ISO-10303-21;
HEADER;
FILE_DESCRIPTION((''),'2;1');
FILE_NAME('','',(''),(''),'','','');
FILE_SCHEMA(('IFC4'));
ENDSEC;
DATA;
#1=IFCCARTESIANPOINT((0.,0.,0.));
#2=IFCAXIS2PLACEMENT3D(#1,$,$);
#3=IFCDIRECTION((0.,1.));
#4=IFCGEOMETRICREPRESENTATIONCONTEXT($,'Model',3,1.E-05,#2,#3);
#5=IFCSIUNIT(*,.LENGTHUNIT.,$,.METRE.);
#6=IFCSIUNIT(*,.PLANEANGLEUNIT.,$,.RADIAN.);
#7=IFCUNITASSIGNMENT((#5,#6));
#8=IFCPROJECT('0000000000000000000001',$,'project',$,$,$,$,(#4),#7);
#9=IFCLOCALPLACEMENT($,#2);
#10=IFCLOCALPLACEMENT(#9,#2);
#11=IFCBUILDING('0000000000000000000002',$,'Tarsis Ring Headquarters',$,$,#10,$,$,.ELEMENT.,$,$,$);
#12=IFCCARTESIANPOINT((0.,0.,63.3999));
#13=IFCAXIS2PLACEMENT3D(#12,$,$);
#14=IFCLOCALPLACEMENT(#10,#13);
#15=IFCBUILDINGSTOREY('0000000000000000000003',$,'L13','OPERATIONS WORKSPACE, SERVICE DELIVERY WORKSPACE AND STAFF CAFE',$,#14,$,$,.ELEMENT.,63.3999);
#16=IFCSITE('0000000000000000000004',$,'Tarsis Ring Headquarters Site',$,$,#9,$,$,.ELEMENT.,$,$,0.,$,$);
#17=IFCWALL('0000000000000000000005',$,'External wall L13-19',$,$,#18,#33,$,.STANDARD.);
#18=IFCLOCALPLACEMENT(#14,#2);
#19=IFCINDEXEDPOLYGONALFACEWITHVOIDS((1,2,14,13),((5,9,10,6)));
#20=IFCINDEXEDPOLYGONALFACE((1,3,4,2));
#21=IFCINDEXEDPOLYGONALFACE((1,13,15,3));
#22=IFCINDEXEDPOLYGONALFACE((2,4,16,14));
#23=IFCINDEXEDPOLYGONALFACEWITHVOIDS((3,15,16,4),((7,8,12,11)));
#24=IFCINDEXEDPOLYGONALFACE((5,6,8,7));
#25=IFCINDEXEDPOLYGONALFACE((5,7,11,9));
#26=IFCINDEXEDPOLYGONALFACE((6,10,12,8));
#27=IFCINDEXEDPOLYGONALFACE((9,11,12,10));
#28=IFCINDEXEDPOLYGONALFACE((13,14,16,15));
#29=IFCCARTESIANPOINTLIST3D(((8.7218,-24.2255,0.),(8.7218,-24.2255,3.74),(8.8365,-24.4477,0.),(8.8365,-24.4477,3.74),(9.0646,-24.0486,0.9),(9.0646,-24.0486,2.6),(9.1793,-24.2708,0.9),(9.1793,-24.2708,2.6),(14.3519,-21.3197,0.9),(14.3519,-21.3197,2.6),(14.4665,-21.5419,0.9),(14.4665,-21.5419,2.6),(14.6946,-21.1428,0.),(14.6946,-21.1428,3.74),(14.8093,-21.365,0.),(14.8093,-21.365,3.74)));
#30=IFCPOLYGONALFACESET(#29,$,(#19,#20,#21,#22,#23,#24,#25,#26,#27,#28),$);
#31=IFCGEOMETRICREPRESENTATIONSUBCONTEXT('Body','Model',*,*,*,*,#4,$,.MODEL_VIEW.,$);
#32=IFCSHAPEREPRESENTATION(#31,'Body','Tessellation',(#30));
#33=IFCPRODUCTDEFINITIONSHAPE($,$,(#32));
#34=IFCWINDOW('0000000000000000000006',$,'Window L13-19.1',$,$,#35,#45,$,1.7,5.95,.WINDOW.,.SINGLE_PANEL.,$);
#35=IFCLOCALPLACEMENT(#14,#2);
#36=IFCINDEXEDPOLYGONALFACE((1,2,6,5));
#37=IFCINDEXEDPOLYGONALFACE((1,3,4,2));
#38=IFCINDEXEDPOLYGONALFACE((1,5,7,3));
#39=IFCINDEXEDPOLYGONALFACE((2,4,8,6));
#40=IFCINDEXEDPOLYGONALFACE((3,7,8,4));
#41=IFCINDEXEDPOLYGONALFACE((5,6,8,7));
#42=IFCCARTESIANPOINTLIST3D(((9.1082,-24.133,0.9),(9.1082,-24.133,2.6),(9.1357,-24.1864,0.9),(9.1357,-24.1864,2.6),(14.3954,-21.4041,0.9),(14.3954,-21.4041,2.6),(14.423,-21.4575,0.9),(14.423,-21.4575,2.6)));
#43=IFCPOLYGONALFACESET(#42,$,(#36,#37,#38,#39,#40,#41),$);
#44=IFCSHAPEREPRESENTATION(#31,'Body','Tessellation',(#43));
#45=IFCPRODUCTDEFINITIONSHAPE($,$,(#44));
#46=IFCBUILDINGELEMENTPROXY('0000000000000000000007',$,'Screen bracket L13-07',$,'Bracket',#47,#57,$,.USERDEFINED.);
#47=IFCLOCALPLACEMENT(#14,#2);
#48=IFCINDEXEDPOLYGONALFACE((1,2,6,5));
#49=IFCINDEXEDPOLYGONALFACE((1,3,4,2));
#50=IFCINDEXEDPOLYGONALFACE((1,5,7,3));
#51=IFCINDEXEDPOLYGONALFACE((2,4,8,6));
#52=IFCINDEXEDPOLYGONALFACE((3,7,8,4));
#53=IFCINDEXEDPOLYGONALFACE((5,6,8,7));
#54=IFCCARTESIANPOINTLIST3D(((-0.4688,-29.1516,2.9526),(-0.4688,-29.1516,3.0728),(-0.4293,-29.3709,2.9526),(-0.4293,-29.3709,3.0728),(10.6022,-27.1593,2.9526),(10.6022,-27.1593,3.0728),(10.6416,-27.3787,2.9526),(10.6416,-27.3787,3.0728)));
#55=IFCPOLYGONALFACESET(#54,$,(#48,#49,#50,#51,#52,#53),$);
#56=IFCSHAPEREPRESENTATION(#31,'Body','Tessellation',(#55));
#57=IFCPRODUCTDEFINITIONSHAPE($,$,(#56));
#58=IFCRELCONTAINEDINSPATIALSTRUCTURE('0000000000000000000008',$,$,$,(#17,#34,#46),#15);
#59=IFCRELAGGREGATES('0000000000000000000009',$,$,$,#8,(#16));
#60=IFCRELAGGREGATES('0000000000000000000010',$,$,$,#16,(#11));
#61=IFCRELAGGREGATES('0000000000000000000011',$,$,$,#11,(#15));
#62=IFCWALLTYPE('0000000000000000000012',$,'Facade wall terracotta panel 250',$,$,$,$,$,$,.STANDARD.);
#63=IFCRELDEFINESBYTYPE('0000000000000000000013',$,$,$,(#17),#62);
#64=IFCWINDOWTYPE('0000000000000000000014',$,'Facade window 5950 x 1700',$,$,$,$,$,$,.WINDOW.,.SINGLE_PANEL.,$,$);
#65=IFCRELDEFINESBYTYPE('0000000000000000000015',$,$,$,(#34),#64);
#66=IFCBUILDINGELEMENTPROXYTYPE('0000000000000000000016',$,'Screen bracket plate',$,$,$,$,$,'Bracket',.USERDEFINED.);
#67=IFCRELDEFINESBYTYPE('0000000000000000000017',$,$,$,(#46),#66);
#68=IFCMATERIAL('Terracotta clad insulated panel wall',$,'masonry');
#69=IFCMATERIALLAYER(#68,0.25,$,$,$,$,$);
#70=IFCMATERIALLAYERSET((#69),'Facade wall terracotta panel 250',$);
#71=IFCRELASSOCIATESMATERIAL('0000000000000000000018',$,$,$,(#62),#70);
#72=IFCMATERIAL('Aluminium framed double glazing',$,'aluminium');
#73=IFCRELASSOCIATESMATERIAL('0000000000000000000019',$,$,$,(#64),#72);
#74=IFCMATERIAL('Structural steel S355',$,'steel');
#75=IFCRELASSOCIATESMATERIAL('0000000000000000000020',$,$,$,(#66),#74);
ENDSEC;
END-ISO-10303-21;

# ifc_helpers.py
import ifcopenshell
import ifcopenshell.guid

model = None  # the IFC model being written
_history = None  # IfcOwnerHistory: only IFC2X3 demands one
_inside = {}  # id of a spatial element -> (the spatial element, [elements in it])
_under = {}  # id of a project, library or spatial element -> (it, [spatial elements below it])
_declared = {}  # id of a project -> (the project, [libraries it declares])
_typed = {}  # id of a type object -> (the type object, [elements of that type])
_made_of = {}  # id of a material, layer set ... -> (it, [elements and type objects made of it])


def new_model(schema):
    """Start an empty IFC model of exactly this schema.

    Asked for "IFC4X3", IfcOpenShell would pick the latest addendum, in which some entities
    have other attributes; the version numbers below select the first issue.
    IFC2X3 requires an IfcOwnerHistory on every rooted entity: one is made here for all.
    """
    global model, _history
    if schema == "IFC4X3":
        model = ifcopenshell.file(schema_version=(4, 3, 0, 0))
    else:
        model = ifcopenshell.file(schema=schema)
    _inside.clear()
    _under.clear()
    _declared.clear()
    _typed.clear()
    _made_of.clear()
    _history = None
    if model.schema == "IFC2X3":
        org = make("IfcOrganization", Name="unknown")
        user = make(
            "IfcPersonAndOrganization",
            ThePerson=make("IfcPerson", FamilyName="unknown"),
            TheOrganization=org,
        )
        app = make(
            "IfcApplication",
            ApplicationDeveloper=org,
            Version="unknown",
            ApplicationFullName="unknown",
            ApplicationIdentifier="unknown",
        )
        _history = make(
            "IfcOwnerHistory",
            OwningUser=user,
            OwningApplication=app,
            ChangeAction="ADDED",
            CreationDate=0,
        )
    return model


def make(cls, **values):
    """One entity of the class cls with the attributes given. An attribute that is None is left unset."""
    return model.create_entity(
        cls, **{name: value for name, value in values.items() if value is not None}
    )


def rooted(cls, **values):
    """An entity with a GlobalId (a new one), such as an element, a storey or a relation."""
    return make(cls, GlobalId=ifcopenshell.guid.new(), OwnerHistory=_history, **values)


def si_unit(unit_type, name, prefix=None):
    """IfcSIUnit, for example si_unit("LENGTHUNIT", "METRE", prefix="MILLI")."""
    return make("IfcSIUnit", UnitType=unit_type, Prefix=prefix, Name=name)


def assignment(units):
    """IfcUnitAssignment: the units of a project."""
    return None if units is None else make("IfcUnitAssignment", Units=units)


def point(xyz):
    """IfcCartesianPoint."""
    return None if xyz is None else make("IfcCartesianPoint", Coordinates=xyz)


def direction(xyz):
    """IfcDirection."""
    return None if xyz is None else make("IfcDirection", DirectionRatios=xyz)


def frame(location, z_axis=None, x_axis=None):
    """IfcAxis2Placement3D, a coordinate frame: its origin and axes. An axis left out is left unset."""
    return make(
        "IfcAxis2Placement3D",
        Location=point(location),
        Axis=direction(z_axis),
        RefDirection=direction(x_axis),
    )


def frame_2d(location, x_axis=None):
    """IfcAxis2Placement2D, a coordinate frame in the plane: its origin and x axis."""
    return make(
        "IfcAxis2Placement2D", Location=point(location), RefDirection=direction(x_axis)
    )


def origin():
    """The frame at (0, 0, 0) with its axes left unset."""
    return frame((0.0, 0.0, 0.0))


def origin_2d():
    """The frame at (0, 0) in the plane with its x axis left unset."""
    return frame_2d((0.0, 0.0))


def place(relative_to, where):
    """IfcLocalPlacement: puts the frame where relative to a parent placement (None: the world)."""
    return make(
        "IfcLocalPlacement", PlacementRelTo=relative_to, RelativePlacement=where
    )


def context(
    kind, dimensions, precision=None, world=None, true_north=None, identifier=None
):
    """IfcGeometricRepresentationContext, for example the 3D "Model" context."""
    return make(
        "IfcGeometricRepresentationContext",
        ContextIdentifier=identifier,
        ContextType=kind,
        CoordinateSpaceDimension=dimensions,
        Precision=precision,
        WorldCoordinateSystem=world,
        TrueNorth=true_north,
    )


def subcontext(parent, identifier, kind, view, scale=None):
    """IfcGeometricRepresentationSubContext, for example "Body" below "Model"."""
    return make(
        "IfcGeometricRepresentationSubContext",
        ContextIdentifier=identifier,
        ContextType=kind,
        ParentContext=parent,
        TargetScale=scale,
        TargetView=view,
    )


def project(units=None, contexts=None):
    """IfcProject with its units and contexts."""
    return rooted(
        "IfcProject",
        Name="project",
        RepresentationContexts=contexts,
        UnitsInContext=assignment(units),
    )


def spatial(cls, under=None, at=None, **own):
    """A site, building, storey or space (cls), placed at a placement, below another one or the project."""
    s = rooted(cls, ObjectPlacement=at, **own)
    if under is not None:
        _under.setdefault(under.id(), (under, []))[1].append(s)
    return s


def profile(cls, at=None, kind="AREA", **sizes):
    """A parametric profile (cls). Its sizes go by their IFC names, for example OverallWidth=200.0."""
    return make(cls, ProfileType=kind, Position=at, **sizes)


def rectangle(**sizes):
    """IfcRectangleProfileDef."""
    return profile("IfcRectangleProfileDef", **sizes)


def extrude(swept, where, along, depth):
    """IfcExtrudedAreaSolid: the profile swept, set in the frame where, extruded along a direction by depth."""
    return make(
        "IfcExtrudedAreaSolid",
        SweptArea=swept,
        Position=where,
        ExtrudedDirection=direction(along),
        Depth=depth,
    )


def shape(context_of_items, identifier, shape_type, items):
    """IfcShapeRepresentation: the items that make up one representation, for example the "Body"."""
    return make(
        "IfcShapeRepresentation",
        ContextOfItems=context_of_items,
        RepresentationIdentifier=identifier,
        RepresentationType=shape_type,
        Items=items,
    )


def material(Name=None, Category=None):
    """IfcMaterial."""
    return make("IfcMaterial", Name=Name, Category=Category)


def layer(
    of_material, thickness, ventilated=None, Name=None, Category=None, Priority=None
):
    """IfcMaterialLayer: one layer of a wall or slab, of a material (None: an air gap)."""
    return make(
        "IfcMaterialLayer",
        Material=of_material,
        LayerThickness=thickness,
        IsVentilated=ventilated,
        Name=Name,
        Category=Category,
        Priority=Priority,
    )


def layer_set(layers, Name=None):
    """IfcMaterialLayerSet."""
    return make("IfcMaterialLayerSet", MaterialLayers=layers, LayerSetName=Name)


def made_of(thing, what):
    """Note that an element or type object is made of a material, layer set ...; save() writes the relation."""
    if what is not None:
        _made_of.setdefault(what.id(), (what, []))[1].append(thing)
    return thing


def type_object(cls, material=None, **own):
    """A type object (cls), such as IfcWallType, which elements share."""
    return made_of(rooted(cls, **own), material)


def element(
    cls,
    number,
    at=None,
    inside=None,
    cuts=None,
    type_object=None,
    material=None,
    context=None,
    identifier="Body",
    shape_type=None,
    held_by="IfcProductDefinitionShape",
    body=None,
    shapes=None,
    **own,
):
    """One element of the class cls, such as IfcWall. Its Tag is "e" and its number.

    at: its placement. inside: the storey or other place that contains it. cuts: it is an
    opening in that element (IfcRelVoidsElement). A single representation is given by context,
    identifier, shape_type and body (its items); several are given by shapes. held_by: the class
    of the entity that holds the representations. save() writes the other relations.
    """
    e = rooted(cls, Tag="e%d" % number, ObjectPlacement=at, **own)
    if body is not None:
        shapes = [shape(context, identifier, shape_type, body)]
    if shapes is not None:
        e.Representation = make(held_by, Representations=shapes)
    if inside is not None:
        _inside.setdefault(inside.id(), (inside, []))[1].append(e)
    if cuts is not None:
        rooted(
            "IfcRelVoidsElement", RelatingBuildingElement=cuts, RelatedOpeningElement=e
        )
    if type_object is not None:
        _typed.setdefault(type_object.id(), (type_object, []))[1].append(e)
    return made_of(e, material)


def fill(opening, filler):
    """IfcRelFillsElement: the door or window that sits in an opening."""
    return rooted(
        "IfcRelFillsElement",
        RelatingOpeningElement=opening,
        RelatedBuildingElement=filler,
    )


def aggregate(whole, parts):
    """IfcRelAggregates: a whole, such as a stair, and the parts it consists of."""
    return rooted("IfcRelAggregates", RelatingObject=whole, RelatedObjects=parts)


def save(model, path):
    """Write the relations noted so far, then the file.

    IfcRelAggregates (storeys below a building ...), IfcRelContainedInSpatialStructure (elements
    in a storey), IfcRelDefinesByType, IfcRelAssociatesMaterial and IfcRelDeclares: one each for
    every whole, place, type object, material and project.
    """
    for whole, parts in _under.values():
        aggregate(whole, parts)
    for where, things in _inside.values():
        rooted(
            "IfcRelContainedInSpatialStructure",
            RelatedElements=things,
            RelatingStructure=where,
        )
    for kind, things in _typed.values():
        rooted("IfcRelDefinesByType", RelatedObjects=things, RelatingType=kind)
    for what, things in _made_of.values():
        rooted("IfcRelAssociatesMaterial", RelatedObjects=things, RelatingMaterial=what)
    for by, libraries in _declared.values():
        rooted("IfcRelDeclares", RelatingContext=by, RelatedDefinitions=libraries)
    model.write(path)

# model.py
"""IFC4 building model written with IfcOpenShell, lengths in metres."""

from ifc_helpers import new_model, si_unit, direction, frame, frame_2d, origin, origin_2d, place, context, subcontext, project, spatial, rectangle, extrude, material, layer, layer_set, type_object, element, fill, save


model = new_model("IFC4")

# Units and contexts
model_context = context("Model", 3, precision=1e-05, world=origin(), true_north=direction((0.0, 1.0)))
body_context = subcontext(model_context, "Body", "Model", "MODEL_VIEW")
ifc_project = project(units=[si_unit("LENGTHUNIT", "METRE"), si_unit("PLANEANGLEUNIT", "RADIAN")], contexts=[model_context])

# Site, building, storey
site_placement = place(None, origin())
site = spatial("IfcSite", under=ifc_project, at=site_placement, Name="Tarsis Ring Headquarters Site", CompositionType="ELEMENT", RefElevation=0.0)
building_placement = place(site_placement, origin())
building = spatial("IfcBuilding", under=site, at=building_placement, Name="Tarsis Ring Headquarters", CompositionType="ELEMENT")
storey_placement = place(building_placement, frame((0.0, 0.0, 63.3999)))
storey = spatial("IfcBuildingStorey", under=building, at=storey_placement, Name="L13", Description="OPERATIONS WORKSPACE, SERVICE DELIVERY WORKSPACE AND STAFF CAFE", CompositionType="ELEMENT", Elevation=63.3999)

# Shared definitions
ifc_material_1 = material(Name="Structural steel S355", Category="steel")

# Wall, opening, window
ifc_material_2 = material(Name="Terracotta clad insulated panel wall", Category="masonry")
ifc_layer_1 = layer(ifc_material_2, 0.25)
ifc_layer_set_1 = layer_set([ifc_layer_1], Name="Facade wall terracotta panel 250")
wall_type_1 = type_object("IfcWallType", Name="Facade wall terracotta panel 250", PredefinedType="STANDARD", material=ifc_layer_set_1)
ifc_material_3 = material(Name="Aluminium framed double glazing", Category="aluminium")
window_type = type_object("IfcWindowType", Name="Facade window 5950 x 1700", PartitioningType="SINGLE_PANEL", PredefinedType="WINDOW", material=ifc_material_3)
wall_1_placement = place(storey_placement, frame((8.7791, -24.3367, 0.0), z_axis=(0.0, 0.0, 1.0), x_axis=(0.888622, 0.45864, 0.0)))
wall_1 = element("IfcWall", 1, at=wall_1_placement, inside=storey, type_object=wall_type_1, Name="External wall L13-19", PredefinedType="STANDARD", context=body_context, shape_type="SweptSolid", body=[
    extrude(rectangle(XDim=6.7214, YDim=0.25, at=frame_2d((3.3608, 0.0))), origin(), (0.0, 0.0, 1.0), 3.74),
])
opening_1_placement = place(wall_1_placement, frame((0.3857, 0.0, 0.8999)))
opening_1 = element("IfcOpeningElement", 2, at=opening_1_placement, cuts=wall_1, PredefinedType="OPENING", context=body_context, shape_type="SweptSolid", body=[
    extrude(rectangle(XDim=5.95, YDim=1.7, at=frame_2d((2.9751, 0.8501))), frame((0.0, 0.135, 0.0), z_axis=(0.0, -1.0, 0.0), x_axis=(1.0, 0.0, 0.0)), (0.0, 0.0, 1.0), 0.27),
])
window_1_placement = place(opening_1_placement, origin())
window_1 = element("IfcWindow", 3, at=window_1_placement, inside=storey, type_object=window_type, Name="Window L13-19.1", OverallHeight=1.7, OverallWidth=5.95, PartitioningType="SINGLE_PANEL", PredefinedType="WINDOW", context=body_context, shape_type="SweptSolid", body=[
    extrude(rectangle(XDim=5.95, YDim=1.7, at=frame_2d((2.9751, 0.8501))), frame((0.0, 0.03, 0.0), z_axis=(0.0, -1.0, 0.0), x_axis=(1.0, 0.0, 0.0)), (0.0, 0.0, 1.0), 0.0601),
])
fill(opening_1, window_1)

# Building element proxy
building_element_proxy_type = type_object("IfcBuildingElementProxyType", Name="Screen bracket plate", ElementType="Bracket", PredefinedType="USERDEFINED", material=ifc_material_1)
proxy_placement = place(storey_placement, frame((5.0864, -28.2651, 2.9526), z_axis=(0.0, 0.0, 1.0), x_axis=(0.984192, 0.177107, 0.0)))
element("IfcBuildingElementProxy", 4, at=proxy_placement, inside=storey, type_object=building_element_proxy_type, Name="Screen bracket L13-07", ObjectType="Bracket", PredefinedType="USERDEFINED", context=body_context, shape_type="SweptSolid", body=[
    extrude(rectangle(XDim=11.2488, YDim=0.2229, at=origin_2d()), origin(), (0.0, 0.0, 1.0), 0.1201),
])

save(model, "model.ifc")
